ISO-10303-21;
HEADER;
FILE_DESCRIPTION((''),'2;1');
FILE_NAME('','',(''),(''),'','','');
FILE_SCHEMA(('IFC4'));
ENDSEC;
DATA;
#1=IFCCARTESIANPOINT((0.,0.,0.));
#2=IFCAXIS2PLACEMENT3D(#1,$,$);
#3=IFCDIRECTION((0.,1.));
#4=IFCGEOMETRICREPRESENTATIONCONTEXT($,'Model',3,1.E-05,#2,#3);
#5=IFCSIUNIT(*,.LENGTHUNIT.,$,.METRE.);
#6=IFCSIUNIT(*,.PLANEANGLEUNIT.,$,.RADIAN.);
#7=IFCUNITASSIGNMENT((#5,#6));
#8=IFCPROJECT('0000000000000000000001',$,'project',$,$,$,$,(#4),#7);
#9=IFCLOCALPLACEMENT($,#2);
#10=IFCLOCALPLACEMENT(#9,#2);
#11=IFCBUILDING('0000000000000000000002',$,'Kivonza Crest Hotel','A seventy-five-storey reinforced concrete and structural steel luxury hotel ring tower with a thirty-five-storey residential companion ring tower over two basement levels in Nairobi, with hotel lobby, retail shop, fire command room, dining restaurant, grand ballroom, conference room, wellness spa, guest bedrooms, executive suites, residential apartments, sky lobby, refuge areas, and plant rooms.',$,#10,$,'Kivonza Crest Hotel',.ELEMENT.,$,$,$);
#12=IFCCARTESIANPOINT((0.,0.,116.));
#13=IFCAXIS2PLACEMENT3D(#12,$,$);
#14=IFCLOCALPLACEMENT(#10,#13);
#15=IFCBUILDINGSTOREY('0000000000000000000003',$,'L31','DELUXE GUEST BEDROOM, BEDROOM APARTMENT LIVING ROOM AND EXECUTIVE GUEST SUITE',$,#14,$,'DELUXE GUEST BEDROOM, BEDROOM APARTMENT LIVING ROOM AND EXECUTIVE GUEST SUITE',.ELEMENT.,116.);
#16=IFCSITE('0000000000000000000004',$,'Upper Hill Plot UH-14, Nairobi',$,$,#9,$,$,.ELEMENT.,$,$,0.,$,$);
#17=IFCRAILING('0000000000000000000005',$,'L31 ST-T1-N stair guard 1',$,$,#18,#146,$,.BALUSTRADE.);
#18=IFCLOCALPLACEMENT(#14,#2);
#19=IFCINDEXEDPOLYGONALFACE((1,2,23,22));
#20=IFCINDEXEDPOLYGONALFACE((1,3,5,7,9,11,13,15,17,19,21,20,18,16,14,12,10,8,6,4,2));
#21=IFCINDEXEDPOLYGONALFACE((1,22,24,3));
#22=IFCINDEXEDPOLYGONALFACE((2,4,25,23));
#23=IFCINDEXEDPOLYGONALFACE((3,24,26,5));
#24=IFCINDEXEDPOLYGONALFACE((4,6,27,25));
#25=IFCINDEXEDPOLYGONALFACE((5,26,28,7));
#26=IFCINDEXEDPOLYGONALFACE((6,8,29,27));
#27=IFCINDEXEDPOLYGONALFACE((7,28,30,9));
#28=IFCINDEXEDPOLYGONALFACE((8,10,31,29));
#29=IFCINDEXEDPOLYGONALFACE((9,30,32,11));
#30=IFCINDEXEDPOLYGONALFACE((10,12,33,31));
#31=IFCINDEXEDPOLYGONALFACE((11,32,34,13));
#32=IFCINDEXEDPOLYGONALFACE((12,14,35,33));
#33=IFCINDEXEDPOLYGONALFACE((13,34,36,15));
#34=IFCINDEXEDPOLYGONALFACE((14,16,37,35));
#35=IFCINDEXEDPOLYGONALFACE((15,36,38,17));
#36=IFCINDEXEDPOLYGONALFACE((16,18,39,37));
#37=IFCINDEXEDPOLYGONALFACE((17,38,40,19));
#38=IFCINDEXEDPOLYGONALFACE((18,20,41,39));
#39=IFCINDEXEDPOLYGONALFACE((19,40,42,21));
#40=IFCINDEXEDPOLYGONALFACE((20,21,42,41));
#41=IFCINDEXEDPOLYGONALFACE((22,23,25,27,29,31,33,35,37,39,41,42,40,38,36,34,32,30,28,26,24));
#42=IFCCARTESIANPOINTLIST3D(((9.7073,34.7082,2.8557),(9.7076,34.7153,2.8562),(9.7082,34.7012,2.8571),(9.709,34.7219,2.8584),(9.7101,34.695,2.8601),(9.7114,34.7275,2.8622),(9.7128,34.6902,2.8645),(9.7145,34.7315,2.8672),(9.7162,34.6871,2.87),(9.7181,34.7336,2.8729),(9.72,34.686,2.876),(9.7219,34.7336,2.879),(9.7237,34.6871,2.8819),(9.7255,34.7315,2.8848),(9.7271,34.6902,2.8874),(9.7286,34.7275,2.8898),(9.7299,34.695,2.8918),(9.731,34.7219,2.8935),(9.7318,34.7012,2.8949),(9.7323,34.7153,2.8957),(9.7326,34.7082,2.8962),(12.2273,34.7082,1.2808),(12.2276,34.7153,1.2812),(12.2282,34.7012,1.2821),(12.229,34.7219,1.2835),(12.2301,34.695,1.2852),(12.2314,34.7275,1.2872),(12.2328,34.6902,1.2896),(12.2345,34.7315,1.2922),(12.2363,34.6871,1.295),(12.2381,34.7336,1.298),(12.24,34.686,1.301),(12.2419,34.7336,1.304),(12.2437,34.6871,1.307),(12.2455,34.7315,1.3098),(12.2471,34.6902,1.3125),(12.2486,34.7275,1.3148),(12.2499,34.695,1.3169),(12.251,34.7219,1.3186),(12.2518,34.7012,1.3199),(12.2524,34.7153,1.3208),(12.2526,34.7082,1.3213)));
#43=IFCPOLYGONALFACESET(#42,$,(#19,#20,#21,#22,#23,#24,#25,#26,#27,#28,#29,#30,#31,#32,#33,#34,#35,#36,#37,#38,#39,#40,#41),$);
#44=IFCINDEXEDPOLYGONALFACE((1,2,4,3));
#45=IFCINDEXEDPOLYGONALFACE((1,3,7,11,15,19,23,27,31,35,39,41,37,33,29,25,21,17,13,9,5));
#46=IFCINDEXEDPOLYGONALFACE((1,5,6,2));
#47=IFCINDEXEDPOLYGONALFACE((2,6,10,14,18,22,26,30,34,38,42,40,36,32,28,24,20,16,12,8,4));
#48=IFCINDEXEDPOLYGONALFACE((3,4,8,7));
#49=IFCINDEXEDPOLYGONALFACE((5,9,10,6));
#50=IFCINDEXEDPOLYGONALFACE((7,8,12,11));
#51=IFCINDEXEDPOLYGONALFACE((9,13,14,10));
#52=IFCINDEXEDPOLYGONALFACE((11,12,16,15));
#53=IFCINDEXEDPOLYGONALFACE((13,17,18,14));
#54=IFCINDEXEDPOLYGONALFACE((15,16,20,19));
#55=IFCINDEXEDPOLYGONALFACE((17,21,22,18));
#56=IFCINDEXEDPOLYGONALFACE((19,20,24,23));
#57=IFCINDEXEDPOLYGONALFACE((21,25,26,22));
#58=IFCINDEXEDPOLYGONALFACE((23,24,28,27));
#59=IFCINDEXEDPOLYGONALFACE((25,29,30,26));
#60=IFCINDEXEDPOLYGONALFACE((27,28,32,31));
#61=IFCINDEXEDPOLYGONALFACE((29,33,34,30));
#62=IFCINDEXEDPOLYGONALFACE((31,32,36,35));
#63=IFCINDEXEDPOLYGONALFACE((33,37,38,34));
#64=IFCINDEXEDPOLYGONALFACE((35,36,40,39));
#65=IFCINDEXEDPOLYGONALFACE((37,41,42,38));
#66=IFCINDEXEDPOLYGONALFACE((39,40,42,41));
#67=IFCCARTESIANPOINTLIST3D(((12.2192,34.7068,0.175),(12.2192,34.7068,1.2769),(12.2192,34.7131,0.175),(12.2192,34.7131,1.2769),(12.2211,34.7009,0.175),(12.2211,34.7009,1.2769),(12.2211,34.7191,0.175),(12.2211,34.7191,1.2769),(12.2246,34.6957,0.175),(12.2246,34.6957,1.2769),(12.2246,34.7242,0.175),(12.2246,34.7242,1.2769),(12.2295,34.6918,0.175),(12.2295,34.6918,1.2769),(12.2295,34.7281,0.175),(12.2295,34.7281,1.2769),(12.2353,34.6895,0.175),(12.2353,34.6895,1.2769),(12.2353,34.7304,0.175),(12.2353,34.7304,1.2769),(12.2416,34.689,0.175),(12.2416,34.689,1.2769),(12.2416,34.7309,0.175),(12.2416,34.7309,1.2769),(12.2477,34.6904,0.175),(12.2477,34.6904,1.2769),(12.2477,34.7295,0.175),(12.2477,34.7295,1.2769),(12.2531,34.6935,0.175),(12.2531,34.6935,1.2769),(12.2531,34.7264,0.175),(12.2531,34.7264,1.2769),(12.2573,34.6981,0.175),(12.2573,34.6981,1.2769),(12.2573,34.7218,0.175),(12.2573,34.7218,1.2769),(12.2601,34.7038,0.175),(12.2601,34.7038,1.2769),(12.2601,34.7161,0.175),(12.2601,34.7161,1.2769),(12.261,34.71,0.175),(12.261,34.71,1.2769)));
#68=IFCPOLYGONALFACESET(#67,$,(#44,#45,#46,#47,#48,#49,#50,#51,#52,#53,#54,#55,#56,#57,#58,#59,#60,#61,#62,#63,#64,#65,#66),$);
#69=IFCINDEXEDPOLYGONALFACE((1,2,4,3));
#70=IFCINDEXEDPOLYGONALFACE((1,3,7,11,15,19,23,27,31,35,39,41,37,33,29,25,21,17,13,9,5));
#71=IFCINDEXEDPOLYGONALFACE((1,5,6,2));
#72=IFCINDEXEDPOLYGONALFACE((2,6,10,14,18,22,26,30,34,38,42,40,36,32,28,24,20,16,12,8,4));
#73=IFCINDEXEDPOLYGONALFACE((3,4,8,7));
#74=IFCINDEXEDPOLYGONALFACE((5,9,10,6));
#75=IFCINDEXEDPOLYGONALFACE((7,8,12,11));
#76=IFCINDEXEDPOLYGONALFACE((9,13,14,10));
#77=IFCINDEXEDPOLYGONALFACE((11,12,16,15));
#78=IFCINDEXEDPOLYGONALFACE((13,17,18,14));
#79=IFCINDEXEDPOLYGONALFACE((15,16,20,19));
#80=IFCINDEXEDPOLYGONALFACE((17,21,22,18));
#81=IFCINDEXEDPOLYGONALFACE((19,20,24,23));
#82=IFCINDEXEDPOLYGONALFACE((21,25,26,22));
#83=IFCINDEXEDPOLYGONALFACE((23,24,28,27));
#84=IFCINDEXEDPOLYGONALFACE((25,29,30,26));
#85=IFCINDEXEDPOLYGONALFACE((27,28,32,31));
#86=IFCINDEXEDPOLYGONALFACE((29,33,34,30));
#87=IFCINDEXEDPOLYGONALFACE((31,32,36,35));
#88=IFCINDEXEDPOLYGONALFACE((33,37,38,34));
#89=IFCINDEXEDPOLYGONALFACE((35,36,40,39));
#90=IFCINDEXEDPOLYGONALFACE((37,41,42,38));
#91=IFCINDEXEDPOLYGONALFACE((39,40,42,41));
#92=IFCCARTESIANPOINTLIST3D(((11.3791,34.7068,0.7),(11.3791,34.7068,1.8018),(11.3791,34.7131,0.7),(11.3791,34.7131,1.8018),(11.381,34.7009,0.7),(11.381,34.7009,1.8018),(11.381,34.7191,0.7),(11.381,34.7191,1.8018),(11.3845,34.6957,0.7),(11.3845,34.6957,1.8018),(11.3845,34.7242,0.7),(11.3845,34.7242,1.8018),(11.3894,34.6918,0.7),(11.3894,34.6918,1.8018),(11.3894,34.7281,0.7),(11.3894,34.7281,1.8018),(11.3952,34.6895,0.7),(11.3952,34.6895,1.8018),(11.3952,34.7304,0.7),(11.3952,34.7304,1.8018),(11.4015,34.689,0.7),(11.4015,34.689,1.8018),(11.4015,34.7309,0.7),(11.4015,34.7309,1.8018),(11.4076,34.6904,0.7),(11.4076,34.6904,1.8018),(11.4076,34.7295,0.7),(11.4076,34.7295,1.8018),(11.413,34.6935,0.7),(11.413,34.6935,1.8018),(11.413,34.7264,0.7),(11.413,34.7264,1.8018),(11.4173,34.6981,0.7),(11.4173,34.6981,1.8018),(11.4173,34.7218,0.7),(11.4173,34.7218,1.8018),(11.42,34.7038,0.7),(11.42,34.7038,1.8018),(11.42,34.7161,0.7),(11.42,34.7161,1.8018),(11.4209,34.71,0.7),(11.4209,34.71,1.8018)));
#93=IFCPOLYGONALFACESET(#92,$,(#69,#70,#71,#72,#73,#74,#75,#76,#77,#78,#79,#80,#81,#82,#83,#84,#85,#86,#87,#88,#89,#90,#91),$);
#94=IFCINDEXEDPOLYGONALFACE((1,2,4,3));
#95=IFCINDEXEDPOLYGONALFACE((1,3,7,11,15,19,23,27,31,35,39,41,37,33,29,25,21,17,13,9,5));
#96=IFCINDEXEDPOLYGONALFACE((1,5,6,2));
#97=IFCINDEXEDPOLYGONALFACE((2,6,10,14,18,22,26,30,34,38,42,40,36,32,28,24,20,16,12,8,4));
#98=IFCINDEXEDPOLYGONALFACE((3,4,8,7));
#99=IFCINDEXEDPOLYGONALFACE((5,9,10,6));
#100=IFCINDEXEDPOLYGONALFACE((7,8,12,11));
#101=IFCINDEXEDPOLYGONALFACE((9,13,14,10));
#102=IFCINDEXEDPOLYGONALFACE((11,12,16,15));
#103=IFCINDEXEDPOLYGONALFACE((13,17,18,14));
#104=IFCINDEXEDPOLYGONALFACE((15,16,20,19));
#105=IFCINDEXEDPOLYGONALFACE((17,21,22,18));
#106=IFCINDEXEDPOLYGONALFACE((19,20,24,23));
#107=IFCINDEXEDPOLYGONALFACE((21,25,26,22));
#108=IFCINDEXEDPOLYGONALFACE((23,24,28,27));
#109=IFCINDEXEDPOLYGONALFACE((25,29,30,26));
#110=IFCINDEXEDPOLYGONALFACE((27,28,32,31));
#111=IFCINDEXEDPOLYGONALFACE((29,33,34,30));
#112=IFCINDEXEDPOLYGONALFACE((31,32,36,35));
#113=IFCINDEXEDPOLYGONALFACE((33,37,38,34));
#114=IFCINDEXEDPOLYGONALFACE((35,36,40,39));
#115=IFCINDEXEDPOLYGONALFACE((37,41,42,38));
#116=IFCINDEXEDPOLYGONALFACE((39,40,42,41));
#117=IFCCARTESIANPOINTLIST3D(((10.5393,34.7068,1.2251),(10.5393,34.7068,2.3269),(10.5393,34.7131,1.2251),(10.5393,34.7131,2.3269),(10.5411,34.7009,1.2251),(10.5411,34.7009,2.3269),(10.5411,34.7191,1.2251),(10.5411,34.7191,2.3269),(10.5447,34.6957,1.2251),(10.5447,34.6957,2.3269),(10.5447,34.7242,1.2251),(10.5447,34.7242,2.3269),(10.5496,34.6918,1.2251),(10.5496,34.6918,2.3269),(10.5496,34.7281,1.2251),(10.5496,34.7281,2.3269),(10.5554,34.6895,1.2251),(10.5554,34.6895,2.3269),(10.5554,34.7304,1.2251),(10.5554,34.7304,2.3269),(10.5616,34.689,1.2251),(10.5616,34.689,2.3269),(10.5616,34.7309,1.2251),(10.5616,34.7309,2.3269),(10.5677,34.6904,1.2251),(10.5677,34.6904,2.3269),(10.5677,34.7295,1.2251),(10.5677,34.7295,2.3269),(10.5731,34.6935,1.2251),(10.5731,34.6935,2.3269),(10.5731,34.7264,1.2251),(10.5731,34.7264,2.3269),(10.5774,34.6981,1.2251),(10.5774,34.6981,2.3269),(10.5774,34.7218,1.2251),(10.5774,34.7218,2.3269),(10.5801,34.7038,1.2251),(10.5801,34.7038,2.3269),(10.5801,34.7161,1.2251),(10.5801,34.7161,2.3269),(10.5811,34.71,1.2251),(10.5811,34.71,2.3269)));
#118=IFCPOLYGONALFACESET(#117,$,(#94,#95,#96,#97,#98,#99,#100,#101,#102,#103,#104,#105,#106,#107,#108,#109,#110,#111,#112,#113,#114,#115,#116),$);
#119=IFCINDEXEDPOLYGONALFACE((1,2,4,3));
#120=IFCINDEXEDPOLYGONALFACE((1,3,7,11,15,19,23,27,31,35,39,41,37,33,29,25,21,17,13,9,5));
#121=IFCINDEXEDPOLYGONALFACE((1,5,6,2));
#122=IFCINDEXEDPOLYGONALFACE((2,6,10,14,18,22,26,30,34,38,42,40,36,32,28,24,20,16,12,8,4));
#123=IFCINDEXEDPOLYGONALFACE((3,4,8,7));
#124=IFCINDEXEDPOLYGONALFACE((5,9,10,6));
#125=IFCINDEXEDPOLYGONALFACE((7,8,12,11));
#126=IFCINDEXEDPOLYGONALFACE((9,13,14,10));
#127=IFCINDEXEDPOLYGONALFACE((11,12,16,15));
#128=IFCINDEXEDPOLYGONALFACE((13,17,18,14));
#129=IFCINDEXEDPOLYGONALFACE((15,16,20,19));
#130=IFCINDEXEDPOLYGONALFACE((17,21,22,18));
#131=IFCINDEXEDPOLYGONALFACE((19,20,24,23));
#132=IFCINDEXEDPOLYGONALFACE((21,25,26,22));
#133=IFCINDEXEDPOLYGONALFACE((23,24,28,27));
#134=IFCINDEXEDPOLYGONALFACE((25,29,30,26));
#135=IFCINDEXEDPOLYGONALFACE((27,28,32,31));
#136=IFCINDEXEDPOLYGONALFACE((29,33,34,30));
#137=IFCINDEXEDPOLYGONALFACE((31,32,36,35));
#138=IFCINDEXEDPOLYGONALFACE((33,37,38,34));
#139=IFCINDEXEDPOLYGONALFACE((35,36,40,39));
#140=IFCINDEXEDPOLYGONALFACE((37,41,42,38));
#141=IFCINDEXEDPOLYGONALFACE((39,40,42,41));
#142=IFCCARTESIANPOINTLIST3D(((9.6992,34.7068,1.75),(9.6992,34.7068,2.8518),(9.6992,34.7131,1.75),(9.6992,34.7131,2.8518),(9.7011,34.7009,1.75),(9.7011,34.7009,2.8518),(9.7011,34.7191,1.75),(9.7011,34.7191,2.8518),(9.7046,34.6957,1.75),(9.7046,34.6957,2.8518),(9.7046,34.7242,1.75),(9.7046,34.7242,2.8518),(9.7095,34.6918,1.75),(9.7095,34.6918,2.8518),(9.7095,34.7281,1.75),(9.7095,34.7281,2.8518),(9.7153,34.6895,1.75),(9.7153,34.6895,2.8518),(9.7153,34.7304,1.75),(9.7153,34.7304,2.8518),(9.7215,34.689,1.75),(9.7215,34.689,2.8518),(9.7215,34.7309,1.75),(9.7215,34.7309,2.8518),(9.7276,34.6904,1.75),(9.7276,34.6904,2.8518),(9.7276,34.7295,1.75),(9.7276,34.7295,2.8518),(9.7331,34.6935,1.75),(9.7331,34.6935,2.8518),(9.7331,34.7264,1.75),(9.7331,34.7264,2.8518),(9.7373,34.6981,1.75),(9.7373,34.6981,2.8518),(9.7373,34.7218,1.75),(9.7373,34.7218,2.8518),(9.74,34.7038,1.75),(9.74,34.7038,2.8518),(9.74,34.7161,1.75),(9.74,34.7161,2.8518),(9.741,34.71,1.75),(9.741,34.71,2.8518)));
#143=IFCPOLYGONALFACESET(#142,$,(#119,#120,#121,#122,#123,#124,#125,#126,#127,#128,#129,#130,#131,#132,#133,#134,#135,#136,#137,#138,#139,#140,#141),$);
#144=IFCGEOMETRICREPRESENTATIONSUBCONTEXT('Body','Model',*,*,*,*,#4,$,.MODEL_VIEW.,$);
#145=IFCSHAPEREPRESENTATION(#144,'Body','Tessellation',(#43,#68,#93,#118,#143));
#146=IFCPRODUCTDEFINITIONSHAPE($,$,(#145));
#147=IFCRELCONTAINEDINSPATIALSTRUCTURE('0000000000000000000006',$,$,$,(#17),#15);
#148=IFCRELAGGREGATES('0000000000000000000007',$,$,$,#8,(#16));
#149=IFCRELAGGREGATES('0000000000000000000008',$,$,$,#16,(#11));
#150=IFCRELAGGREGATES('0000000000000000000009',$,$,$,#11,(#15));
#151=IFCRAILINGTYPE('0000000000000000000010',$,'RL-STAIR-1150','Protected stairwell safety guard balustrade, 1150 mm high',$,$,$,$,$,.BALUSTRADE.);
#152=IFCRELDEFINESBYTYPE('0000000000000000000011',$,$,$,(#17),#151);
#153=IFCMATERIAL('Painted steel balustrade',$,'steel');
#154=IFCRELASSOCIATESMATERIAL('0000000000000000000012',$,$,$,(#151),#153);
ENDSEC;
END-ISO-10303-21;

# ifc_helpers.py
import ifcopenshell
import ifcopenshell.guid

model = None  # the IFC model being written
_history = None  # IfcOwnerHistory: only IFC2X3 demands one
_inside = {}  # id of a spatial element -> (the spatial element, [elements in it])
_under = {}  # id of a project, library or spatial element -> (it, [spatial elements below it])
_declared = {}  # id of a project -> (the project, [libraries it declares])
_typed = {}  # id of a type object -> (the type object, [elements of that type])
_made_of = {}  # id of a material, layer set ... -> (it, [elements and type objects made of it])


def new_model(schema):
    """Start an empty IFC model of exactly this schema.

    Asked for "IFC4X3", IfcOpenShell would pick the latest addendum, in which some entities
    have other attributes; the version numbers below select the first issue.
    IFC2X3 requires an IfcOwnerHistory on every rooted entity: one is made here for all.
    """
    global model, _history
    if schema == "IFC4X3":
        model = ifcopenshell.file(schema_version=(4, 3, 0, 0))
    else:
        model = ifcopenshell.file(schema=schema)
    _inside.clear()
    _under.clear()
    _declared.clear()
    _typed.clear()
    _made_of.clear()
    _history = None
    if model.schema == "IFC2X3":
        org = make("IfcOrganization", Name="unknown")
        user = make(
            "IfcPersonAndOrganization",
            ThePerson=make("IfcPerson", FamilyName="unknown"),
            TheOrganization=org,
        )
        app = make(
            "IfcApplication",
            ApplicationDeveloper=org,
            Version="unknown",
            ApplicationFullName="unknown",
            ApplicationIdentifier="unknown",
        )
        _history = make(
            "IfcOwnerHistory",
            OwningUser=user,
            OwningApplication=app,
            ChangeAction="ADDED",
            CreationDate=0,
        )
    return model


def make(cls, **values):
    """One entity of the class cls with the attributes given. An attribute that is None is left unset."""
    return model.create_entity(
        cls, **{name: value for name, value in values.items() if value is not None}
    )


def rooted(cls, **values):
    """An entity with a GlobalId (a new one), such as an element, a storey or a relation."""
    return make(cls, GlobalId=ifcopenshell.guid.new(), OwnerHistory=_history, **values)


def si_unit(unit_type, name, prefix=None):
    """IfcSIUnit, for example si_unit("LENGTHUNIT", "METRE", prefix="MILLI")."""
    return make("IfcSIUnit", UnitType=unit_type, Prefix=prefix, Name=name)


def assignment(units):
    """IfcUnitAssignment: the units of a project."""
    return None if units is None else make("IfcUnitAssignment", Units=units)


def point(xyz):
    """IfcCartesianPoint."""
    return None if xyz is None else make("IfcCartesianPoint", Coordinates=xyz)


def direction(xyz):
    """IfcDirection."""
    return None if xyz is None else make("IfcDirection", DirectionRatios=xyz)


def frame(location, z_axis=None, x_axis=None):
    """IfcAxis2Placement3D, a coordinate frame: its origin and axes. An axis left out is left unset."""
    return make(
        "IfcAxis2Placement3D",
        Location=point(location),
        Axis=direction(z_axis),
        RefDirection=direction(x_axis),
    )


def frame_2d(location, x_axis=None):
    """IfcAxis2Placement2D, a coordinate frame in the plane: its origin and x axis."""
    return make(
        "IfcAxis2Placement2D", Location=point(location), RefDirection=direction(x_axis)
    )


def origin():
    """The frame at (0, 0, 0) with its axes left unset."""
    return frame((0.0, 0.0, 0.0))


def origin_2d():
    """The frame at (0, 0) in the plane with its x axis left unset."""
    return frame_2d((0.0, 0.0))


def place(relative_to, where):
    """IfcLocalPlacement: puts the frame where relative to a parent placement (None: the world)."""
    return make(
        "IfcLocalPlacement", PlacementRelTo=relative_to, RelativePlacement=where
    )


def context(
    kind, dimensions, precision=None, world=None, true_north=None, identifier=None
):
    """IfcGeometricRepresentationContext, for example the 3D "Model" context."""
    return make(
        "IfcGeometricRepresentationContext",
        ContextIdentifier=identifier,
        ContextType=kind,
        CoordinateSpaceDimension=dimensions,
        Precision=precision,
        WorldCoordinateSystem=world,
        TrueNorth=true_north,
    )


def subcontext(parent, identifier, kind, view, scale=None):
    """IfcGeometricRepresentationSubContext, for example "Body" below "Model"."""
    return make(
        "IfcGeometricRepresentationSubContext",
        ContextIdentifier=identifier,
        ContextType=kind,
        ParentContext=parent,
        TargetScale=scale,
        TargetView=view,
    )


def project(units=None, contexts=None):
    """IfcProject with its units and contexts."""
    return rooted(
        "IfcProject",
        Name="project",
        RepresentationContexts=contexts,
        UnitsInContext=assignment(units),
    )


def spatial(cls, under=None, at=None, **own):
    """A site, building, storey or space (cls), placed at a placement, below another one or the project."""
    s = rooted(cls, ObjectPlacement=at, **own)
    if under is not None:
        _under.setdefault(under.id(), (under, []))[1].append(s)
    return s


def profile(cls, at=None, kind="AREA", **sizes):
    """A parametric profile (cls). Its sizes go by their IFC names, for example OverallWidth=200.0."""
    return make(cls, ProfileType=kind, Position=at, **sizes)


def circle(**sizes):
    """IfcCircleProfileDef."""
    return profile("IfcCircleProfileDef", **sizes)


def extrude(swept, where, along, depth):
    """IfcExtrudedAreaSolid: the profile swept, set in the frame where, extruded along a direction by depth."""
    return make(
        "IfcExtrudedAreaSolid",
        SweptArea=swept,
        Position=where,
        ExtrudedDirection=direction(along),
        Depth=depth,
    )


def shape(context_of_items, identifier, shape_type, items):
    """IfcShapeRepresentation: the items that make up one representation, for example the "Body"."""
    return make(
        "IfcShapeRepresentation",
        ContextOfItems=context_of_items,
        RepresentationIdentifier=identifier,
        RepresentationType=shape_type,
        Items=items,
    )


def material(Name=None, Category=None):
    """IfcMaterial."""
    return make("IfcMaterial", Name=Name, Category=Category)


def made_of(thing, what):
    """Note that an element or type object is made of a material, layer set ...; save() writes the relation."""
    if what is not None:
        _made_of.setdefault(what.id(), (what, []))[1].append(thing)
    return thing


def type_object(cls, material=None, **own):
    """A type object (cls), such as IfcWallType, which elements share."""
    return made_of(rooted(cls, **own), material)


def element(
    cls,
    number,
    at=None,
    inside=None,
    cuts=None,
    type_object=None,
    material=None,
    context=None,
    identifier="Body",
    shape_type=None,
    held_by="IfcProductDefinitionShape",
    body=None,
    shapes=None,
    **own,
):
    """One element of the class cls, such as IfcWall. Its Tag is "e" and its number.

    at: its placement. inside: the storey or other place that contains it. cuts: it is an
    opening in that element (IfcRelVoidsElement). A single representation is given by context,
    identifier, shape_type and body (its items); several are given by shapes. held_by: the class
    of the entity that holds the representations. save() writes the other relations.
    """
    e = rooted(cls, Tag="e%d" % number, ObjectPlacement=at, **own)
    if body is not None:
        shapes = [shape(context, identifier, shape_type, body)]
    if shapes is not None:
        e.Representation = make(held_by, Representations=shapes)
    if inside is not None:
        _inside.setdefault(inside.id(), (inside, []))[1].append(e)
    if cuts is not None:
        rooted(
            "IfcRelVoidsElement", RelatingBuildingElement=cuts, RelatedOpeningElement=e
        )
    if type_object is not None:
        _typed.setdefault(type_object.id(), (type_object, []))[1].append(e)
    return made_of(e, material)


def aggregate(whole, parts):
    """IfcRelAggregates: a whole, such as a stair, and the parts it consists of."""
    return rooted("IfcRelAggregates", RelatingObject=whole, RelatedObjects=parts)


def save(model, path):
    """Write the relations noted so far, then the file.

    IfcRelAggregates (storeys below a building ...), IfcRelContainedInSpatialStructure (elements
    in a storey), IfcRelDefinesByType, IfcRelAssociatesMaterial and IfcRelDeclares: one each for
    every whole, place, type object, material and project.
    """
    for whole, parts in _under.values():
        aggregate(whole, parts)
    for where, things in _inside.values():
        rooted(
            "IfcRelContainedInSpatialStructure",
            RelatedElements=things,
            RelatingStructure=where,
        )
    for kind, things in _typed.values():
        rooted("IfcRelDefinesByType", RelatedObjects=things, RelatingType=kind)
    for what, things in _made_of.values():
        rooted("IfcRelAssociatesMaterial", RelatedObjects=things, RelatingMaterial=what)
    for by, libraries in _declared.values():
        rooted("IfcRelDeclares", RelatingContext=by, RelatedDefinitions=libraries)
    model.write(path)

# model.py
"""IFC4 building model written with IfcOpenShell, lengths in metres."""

from ifc_helpers import new_model, si_unit, direction, frame, origin, origin_2d, place, context, subcontext, project, spatial, circle, extrude, material, type_object, element, save


model = new_model("IFC4")

# Units and contexts
model_context = context("Model", 3, precision=1e-05, world=origin(), true_north=direction((0.0, 1.0)))
body_context = subcontext(model_context, "Body", "Model", "MODEL_VIEW")
ifc_project = project(units=[si_unit("LENGTHUNIT", "METRE"), si_unit("PLANEANGLEUNIT", "RADIAN")], contexts=[model_context])

# Site, building, storey
site_placement = place(None, origin())
site = spatial("IfcSite", under=ifc_project, at=site_placement, Name="Upper Hill Plot UH-14, Nairobi", CompositionType="ELEMENT", RefElevation=0.0)
building_placement = place(site_placement, origin())
building = spatial("IfcBuilding", under=site, at=building_placement, Name="Kivonza Crest Hotel", Description="A seventy-five-storey reinforced concrete and structural steel luxury hotel ring tower with a thirty-five-storey residential companion ring tower over two basement levels in Nairobi, with hotel lobby, retail shop, fire command room, dining restaurant, grand ballroom, conference room, wellness spa, guest bedrooms, executive suites, residential apartments, sky lobby, refuge areas, and plant rooms.", LongName="Kivonza Crest Hotel", CompositionType="ELEMENT")
storey_placement = place(building_placement, frame((0.0, 0.0, 116.0)))
storey = spatial("IfcBuildingStorey", under=building, at=storey_placement, Name="L31", Description="DELUXE GUEST BEDROOM, BEDROOM APARTMENT LIVING ROOM AND EXECUTIVE GUEST SUITE", LongName="DELUXE GUEST BEDROOM, BEDROOM APARTMENT LIVING ROOM AND EXECUTIVE GUEST SUITE", CompositionType="ELEMENT", Elevation=116.0)

# Railing
ifc_material_1 = material(Name="Painted steel balustrade", Category="steel")
railing_type_1 = type_object("IfcRailingType", Name="RL-STAIR-1150", Description="Protected stairwell safety guard balustrade, 1150 mm high", PredefinedType="BALUSTRADE", material=ifc_material_1)
railing_1_placement = place(storey_placement, frame((12.24, 34.71, 0.175)))
element("IfcRailing", 1, at=railing_1_placement, inside=storey, type_object=railing_type_1, Name="L31 ST-T1-N stair guard 1", PredefinedType="BALUSTRADE", context=body_context, shape_type="SweptSolid", body=[
    extrude(circle(Radius=0.0239, at=origin_2d()), frame((0.0, 0.0, 1.126), z_axis=(-0.848008, 0.0, 0.529984), x_axis=(0.0, -1.0, 0.0)), (0.0, 0.0, 1.0), 2.9717),
    extrude(circle(Radius=0.021, at=origin_2d()), origin(), (0.0, 0.0, 1.0), 1.1018),
    extrude(circle(Radius=0.021, at=origin_2d()), frame((-0.8401, 0.0, 0.5249)), (0.0, 0.0, 1.0), 1.1018),
    extrude(circle(Radius=0.021, at=origin_2d()), frame((-1.6799, 0.0, 1.05)), (0.0, 0.0, 1.0), 1.1018),
    extrude(circle(Radius=0.021, at=origin_2d()), frame((-2.52, 0.0, 1.575)), (0.0, 0.0, 1.0), 1.1018),
])

save(model, "model.ifc")
